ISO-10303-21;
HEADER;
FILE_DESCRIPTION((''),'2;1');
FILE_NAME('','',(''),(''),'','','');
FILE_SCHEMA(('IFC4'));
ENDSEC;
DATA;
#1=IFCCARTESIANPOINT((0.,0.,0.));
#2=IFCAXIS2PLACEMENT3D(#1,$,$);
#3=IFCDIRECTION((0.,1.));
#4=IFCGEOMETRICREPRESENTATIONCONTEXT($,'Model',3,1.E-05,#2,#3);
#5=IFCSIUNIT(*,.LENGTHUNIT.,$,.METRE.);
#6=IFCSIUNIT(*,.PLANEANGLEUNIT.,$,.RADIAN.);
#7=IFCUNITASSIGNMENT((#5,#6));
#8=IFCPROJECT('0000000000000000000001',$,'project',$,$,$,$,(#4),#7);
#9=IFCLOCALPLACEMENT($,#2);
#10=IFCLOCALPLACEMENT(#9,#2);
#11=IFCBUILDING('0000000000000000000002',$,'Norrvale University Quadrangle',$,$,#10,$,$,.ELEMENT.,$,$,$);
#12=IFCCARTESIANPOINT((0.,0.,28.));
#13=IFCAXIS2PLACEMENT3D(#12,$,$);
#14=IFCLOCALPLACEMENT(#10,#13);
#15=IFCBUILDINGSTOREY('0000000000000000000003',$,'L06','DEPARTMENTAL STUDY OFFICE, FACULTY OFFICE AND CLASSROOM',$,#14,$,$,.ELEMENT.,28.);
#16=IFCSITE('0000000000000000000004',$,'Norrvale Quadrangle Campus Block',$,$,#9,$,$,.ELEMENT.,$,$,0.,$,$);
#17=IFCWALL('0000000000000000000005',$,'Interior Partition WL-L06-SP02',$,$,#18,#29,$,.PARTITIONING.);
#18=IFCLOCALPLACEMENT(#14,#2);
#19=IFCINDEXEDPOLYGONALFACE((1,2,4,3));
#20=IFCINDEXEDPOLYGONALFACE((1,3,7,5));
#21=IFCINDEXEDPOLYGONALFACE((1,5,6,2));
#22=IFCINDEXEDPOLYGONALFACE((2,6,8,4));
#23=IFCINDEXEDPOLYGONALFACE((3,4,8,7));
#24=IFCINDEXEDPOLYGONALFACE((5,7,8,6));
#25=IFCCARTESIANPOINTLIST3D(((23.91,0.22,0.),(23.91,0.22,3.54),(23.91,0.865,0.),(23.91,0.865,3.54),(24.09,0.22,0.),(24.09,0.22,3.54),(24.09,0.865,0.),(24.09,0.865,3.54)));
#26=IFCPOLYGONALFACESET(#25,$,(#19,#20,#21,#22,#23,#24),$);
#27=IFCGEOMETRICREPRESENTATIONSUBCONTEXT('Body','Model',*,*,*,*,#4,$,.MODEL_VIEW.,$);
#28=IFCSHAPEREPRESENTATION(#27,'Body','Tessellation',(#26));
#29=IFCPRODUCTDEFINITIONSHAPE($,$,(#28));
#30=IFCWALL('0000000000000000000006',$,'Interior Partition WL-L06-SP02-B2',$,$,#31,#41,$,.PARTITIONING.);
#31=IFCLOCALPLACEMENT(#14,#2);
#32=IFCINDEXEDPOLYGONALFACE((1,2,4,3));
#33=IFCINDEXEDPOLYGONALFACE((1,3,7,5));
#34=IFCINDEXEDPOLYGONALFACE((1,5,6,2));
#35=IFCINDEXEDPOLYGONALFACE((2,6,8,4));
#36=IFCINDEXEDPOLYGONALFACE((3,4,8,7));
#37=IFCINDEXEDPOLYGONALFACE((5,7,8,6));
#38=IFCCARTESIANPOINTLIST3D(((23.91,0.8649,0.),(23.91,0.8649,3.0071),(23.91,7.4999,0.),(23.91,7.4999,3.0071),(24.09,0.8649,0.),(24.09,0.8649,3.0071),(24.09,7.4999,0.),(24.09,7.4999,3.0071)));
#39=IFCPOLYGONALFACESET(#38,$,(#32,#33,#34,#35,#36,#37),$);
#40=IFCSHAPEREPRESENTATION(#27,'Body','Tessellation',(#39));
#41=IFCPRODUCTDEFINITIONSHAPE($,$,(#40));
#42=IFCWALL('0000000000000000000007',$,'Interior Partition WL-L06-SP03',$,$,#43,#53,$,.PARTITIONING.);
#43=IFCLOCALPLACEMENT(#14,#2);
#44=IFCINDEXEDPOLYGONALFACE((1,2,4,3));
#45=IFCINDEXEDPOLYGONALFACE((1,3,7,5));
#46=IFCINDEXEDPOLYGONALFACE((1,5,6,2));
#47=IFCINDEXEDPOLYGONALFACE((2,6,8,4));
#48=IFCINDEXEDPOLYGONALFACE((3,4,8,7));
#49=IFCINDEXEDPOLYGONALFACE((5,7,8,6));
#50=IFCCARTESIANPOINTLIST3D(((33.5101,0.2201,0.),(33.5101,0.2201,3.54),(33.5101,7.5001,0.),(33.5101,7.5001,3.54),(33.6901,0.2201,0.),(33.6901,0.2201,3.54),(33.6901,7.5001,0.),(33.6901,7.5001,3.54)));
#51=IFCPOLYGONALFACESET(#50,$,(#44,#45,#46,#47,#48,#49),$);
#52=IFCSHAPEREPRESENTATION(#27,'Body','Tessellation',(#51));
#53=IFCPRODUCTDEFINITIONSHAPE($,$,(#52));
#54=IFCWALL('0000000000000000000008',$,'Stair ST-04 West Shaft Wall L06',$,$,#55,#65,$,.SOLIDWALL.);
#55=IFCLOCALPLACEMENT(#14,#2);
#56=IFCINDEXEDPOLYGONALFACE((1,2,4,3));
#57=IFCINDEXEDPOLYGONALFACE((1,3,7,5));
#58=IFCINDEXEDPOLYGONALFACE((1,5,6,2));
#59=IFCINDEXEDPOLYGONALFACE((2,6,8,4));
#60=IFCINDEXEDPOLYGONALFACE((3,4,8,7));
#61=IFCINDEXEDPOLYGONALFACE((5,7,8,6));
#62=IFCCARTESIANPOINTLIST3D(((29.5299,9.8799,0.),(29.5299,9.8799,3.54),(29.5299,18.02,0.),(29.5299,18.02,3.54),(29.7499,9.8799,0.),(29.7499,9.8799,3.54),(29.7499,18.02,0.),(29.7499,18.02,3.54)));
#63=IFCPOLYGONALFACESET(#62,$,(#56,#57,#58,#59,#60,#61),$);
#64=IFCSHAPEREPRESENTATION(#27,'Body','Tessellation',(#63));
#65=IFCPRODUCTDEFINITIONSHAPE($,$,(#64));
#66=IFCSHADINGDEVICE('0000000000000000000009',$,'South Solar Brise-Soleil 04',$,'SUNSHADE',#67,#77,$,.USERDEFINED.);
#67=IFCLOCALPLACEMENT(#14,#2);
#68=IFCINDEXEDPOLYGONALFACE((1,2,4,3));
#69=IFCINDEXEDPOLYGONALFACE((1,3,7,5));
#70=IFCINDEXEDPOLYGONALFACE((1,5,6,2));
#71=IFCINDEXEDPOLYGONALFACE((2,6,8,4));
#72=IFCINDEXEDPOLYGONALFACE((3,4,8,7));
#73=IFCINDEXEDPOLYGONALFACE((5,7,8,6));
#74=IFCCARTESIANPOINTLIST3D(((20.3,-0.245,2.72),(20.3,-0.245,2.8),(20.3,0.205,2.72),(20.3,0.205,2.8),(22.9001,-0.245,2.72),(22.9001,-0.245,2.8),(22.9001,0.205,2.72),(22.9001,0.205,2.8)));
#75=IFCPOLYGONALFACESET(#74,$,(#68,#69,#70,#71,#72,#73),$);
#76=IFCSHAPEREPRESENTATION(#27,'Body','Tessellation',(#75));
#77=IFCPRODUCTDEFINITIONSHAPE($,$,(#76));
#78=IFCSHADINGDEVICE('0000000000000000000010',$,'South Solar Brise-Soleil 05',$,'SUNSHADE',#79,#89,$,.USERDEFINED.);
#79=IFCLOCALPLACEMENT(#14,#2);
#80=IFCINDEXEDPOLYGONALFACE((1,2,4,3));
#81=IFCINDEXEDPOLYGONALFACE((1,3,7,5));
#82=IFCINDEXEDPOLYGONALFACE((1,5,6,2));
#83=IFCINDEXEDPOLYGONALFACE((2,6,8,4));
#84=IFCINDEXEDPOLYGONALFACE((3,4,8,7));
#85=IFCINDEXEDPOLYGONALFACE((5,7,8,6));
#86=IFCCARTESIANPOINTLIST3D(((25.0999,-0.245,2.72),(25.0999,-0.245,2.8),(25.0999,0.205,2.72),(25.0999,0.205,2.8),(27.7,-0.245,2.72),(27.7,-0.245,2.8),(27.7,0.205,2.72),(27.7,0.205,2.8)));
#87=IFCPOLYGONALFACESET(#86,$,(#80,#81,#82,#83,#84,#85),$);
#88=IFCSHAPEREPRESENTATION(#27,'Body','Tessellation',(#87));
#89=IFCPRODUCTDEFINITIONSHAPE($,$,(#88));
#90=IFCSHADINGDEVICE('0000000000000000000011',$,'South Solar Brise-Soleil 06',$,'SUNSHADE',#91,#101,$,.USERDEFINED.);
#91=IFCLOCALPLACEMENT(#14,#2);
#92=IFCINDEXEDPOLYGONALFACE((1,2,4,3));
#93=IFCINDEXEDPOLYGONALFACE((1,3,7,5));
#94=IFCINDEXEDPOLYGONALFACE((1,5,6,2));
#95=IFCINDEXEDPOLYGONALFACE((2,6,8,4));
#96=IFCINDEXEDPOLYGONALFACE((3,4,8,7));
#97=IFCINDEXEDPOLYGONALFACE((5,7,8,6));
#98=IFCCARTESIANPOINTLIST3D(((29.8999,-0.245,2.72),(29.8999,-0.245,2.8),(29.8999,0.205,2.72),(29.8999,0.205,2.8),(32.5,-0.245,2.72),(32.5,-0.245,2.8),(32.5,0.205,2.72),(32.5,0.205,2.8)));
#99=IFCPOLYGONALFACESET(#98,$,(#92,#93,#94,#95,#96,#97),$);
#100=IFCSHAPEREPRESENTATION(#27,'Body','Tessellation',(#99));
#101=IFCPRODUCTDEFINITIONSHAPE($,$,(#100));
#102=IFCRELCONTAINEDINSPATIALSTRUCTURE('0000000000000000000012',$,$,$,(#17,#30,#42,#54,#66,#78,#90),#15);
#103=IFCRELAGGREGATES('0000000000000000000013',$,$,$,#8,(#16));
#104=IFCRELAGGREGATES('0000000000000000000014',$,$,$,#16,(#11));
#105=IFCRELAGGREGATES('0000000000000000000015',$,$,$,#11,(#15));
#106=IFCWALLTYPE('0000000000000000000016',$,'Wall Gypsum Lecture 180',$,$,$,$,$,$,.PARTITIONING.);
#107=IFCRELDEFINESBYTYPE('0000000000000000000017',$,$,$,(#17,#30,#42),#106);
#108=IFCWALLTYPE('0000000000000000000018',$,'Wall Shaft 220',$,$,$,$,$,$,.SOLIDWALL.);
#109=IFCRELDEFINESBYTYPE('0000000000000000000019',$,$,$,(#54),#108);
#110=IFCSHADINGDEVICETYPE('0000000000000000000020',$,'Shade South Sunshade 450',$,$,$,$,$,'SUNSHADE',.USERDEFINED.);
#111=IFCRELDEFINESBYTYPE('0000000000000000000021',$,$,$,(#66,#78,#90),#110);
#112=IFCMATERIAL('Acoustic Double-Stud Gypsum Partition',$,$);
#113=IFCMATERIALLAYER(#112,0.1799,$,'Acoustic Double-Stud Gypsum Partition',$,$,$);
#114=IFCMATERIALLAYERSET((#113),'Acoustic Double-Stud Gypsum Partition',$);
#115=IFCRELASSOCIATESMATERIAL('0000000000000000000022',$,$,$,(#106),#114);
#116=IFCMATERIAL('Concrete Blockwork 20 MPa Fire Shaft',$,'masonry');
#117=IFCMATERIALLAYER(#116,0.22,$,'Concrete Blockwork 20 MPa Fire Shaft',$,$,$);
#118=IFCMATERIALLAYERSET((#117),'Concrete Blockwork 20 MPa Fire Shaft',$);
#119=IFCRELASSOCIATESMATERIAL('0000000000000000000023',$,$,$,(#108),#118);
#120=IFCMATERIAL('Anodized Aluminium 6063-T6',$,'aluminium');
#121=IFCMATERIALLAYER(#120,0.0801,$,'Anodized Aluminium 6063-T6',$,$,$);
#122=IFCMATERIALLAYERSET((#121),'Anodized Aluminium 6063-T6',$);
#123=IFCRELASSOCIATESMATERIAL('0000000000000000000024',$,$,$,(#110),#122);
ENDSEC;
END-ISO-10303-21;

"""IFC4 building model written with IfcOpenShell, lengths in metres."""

from ifc_helpers import new_model, si_unit, direction, frame, frame_2d, origin, origin_2d, place, context, subcontext, project, spatial, rectangle, extrude, material, layer, layer_set, type_object, element, save


model = new_model("IFC4")

# Units and contexts
model_context = context("Model", 3, precision=1e-05, world=origin(), true_north=direction((0.0, 1.0)))
body_context = subcontext(model_context, "Body", "Model", "MODEL_VIEW")
ifc_project = project(units=[si_unit("LENGTHUNIT", "METRE"), si_unit("PLANEANGLEUNIT", "RADIAN")], contexts=[model_context])

# Site, building, storey
site_placement = place(None, origin())
site = spatial("IfcSite", under=ifc_project, at=site_placement, Name="Norrvale Quadrangle Campus Block", CompositionType="ELEMENT", RefElevation=0.0)
building_placement = place(site_placement, origin())
building = spatial("IfcBuilding", under=site, at=building_placement, Name="Norrvale University Quadrangle", CompositionType="ELEMENT")
storey_placement = place(building_placement, frame((0.0, 0.0, 28.0)))
storey = spatial("IfcBuildingStorey", under=building, at=storey_placement, Name="L06", Description="DEPARTMENTAL STUDY OFFICE, FACULTY OFFICE AND CLASSROOM", CompositionType="ELEMENT", Elevation=28.0)

# Walls
ifc_material_1 = material(Name="Acoustic Double-Stud Gypsum Partition")
ifc_layer_1 = layer(ifc_material_1, 0.1799, Name="Acoustic Double-Stud Gypsum Partition")
ifc_layer_set_1 = layer_set([ifc_layer_1], Name="Acoustic Double-Stud Gypsum Partition")
wall_type_1 = type_object("IfcWallType", Name="Wall Gypsum Lecture 180", PredefinedType="PARTITIONING", material=ifc_layer_set_1)
wall_1_placement = place(storey_placement, frame((24.0, 0.22, 0.0), z_axis=(0.0, 0.0, 1.0), x_axis=(0.0, 1.0, 0.0)))
element("IfcWall", 1, at=wall_1_placement, inside=storey, type_object=wall_type_1, Name="Interior Partition WL-L06-SP02", PredefinedType="PARTITIONING", context=body_context, shape_type="SweptSolid", body=[
    extrude(rectangle(XDim=0.645, YDim=0.1799, at=frame_2d((0.3225, 0.0))), origin(), (0.0, 0.0, 1.0), 3.54),
])
wall_2_placement = place(storey_placement, frame((24.0, 0.865, 0.0), z_axis=(0.0, 0.0, 1.0), x_axis=(0.0, 1.0, 0.0)))
element("IfcWall", 2, at=wall_2_placement, inside=storey, type_object=wall_type_1, Name="Interior Partition WL-L06-SP02-B2", PredefinedType="PARTITIONING", context=body_context, shape_type="SweptSolid", body=[
    extrude(rectangle(XDim=6.635, YDim=0.1799, at=frame_2d((3.3174, 0.0))), origin(), (0.0, 0.0, 1.0), 3.0071),
])
wall_3_placement = place(storey_placement, frame((33.6001, 0.22, 0.0), z_axis=(0.0, 0.0, 1.0), x_axis=(0.0, 1.0, 0.0)))
element("IfcWall", 3, at=wall_3_placement, inside=storey, type_object=wall_type_1, Name="Interior Partition WL-L06-SP03", PredefinedType="PARTITIONING", context=body_context, shape_type="SweptSolid", body=[
    extrude(rectangle(XDim=7.28, YDim=0.1799, at=frame_2d((3.6401, 0.0))), origin(), (0.0, 0.0, 1.0), 3.54),
])
ifc_material_2 = material(Name="Concrete Blockwork 20 MPa Fire Shaft", Category="masonry")
ifc_layer_2 = layer(ifc_material_2, 0.22, Name="Concrete Blockwork 20 MPa Fire Shaft")
ifc_layer_set_2 = layer_set([ifc_layer_2], Name="Concrete Blockwork 20 MPa Fire Shaft")
wall_type_2 = type_object("IfcWallType", Name="Wall Shaft 220", PredefinedType="SOLIDWALL", material=ifc_layer_set_2)
wall_4_placement = place(storey_placement, frame((29.6399, 9.8799, 0.0), z_axis=(0.0, 0.0, 1.0), x_axis=(0.0, 1.0, 0.0)))
element("IfcWall", 4, at=wall_4_placement, inside=storey, type_object=wall_type_2, Name="Stair ST-04 West Shaft Wall L06", PredefinedType="SOLIDWALL", context=body_context, shape_type="SweptSolid", body=[
    extrude(rectangle(XDim=8.1401, YDim=0.22, at=frame_2d((4.0701, 0.0))), origin(), (0.0, 0.0, 1.0), 3.54),
])

# Shading devices
ifc_material_3 = material(Name="Anodized Aluminium 6063-T6", Category="aluminium")
ifc_layer_3 = layer(ifc_material_3, 0.0801, Name="Anodized Aluminium 6063-T6")
ifc_layer_set_3 = layer_set([ifc_layer_3], Name="Anodized Aluminium 6063-T6")
shading_device_type = type_object("IfcShadingDeviceType", Name="Shade South Sunshade 450", ElementType="SUNSHADE", PredefinedType="USERDEFINED", material=ifc_layer_set_3)
for number, where, z_axis, x_axis, name in (
    (5, (21.6001, -0.02, 2.72), (0.0, 0.0, 1.0), (1.0, 0.0, 0.0), "South Solar Brise-Soleil 04"),
    (6, (26.3999, -0.02, 2.72), (0.0, 0.0, 1.0), (1.0, 0.0, 0.0), "South Solar Brise-Soleil 05"),
    (7, (31.2, -0.02, 2.72), (0.0, 0.0, 1.0), (1.0, 0.0, 0.0), "South Solar Brise-Soleil 06"),
):
    element("IfcShadingDevice", number, at=place(storey_placement, frame(where, z_axis=z_axis, x_axis=x_axis)), inside=storey, type_object=shading_device_type, Name=name, ObjectType="SUNSHADE", PredefinedType="USERDEFINED", context=body_context, shape_type="SweptSolid", body=[
        extrude(rectangle(XDim=2.6001, YDim=0.45, at=origin_2d()), origin(), (0.0, 0.0, 1.0), 0.0801),
    ])

save(model, "model.ifc")
